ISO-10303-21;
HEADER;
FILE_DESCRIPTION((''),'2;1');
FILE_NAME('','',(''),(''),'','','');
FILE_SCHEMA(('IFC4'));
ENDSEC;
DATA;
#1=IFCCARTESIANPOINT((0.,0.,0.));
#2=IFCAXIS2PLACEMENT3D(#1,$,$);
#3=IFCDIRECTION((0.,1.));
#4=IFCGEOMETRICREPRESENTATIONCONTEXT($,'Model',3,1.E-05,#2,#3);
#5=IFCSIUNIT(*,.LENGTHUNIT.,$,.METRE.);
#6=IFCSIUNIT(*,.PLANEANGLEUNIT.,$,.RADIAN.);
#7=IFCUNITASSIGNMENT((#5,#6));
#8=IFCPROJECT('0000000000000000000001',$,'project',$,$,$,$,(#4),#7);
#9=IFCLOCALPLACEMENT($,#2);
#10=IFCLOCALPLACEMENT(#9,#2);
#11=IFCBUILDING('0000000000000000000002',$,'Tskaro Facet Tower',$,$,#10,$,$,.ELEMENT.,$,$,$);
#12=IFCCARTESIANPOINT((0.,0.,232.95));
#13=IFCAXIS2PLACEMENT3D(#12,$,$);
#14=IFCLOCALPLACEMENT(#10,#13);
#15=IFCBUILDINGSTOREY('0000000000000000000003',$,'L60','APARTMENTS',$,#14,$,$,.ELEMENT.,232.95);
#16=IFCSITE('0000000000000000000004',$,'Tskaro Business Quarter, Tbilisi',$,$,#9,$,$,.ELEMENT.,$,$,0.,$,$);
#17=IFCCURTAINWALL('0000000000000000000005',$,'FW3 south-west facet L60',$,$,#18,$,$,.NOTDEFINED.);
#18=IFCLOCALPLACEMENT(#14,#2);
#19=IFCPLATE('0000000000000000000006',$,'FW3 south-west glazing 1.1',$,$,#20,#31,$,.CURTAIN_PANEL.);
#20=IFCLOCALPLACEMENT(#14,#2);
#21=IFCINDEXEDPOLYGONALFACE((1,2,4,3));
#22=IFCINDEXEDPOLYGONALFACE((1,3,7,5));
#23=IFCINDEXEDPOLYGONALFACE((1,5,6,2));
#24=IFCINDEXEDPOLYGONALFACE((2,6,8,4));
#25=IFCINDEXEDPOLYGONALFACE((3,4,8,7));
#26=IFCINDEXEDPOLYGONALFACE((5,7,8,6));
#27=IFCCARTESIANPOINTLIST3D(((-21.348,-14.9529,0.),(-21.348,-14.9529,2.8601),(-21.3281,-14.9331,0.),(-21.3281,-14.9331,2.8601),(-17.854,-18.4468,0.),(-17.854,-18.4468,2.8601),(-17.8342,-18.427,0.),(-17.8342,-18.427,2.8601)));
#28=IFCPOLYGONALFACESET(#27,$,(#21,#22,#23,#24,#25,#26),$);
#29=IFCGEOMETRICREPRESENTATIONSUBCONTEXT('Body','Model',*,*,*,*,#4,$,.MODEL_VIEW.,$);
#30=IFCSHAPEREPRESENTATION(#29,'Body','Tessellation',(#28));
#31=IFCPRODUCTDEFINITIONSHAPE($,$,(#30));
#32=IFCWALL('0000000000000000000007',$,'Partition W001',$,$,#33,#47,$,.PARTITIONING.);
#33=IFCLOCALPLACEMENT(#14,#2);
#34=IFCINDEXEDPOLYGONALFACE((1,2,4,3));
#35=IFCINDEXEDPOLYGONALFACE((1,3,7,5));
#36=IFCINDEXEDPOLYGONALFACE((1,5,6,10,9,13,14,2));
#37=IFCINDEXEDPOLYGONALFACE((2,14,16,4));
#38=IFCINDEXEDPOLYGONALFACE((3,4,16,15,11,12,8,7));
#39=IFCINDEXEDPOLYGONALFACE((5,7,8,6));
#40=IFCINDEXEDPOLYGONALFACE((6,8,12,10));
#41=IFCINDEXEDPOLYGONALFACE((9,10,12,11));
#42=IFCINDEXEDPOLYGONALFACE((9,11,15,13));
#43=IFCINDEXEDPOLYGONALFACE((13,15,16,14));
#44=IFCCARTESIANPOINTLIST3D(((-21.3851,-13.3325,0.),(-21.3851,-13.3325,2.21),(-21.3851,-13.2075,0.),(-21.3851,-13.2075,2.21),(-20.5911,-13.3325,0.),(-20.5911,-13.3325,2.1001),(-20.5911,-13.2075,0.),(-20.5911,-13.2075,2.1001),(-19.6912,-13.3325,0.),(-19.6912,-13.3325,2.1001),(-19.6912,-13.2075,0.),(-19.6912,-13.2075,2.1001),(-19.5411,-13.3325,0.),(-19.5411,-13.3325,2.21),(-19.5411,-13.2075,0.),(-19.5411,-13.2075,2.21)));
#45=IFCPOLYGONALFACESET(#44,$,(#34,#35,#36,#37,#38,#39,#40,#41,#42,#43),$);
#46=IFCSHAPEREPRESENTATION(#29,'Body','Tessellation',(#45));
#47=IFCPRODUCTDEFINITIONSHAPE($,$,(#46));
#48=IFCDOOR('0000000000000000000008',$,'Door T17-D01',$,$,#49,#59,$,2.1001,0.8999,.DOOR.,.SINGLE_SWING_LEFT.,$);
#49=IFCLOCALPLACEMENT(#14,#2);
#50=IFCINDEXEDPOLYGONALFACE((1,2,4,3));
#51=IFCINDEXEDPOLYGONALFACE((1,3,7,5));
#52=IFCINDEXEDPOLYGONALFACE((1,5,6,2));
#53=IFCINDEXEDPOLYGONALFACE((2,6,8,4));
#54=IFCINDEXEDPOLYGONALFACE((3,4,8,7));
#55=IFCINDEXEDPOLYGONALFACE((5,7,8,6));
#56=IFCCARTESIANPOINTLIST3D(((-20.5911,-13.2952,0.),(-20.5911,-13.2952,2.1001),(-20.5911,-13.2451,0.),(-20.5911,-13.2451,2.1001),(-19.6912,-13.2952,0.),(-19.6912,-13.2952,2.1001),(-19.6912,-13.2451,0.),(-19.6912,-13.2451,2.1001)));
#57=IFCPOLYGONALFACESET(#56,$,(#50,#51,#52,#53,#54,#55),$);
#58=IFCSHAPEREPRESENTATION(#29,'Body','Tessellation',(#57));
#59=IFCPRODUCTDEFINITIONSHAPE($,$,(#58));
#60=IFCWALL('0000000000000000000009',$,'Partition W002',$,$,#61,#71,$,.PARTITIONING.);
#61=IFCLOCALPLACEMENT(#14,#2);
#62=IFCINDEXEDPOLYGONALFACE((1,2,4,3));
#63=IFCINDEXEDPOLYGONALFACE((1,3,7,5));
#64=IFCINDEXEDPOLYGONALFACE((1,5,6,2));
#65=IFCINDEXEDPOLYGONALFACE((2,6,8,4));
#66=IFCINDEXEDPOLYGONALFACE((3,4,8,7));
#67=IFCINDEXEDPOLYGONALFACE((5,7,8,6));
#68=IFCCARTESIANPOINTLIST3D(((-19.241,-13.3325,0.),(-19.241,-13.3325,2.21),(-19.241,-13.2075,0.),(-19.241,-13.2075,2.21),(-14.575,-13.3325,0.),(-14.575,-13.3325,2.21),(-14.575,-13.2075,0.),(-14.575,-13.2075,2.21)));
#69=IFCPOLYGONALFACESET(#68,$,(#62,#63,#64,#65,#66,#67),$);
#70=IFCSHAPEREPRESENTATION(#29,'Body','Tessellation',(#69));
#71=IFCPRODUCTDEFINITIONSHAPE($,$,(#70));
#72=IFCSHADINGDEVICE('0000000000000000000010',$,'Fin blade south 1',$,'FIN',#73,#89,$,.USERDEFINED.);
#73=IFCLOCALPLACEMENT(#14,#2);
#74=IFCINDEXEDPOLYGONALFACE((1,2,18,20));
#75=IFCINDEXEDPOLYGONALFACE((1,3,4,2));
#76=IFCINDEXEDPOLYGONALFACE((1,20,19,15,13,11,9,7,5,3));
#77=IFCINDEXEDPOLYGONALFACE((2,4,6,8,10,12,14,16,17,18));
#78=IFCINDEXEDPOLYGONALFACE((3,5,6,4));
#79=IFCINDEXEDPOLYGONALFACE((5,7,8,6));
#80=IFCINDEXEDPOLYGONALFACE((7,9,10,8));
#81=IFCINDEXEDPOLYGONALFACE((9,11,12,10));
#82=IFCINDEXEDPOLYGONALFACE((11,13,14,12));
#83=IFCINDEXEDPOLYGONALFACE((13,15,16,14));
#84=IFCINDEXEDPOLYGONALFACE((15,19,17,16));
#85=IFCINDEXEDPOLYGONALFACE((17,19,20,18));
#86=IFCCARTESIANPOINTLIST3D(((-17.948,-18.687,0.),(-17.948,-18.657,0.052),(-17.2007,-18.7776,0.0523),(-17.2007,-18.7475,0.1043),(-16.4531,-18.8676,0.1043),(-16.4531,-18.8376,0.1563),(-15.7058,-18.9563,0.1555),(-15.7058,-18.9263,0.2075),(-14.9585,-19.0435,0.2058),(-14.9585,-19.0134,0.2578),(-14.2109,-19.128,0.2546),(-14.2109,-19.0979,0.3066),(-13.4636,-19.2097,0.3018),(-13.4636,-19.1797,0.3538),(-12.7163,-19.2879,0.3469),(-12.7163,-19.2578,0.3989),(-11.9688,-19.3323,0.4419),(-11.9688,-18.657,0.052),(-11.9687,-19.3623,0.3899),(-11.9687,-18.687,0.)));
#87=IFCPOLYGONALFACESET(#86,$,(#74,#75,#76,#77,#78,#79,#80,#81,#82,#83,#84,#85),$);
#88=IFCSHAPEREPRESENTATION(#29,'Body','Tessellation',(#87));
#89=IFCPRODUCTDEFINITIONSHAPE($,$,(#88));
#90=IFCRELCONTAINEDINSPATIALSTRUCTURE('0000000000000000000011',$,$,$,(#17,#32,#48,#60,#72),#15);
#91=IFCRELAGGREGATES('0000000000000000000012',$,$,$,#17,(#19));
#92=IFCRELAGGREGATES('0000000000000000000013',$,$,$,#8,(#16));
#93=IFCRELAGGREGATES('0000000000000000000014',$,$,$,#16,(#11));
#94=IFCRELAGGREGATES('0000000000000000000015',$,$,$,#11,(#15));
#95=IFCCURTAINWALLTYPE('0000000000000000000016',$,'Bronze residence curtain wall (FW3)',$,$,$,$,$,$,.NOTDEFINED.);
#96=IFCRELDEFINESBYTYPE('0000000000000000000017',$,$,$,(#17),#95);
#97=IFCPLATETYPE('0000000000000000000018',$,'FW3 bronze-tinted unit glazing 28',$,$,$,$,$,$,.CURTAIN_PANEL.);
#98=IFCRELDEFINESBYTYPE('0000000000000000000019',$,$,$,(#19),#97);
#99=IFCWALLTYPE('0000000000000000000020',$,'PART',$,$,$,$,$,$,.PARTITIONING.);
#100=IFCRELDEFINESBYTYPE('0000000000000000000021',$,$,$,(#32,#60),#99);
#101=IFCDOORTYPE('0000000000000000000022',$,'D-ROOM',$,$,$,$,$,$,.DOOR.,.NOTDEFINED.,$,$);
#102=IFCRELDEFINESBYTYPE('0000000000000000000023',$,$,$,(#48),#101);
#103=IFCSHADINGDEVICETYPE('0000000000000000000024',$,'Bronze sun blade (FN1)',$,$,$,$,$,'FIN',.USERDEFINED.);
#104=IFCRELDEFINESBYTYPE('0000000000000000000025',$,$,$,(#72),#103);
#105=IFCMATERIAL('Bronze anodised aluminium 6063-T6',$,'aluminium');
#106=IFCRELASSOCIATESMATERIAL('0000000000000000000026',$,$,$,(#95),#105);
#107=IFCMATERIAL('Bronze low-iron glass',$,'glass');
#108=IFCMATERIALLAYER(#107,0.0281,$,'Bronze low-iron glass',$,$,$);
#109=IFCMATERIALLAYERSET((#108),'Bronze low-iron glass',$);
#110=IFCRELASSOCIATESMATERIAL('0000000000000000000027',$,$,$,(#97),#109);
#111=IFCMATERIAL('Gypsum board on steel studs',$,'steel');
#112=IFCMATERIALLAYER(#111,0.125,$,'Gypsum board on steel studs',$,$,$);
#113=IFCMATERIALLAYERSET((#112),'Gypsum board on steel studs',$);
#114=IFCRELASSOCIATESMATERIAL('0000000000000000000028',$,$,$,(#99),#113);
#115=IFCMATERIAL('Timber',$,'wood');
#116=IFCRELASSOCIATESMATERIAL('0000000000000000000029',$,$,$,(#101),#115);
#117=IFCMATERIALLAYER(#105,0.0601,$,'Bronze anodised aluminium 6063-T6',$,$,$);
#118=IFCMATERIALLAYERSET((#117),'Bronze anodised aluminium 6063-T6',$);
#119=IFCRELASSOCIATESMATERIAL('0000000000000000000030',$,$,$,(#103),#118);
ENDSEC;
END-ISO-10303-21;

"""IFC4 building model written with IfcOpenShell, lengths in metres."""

from ifc_helpers import new_model, si_unit, direction, frame, frame_2d, origin, origin_2d, place, context, subcontext, project, spatial, polyline, rectangle, outline, extrude, material, layer, layer_set, type_object, element, fill, aggregate, save


model = new_model("IFC4")

# Units and contexts
model_context = context("Model", 3, precision=1e-05, world=origin(), true_north=direction((0.0, 1.0)))
body_context = subcontext(model_context, "Body", "Model", "MODEL_VIEW")
ifc_project = project(units=[si_unit("LENGTHUNIT", "METRE"), si_unit("PLANEANGLEUNIT", "RADIAN")], contexts=[model_context])

# Site, building, storey
site_placement = place(None, origin())
site = spatial("IfcSite", under=ifc_project, at=site_placement, Name="Tskaro Business Quarter, Tbilisi", CompositionType="ELEMENT", RefElevation=0.0)
building_placement = place(site_placement, origin())
building = spatial("IfcBuilding", under=site, at=building_placement, Name="Tskaro Facet Tower", CompositionType="ELEMENT")
storey_placement = place(building_placement, frame((0.0, 0.0, 232.95)))
storey = spatial("IfcBuildingStorey", under=building, at=storey_placement, Name="L60", Description="APARTMENTS", CompositionType="ELEMENT", Elevation=232.95)

# Curtain wall
ifc_material_1 = material(Name="Bronze anodised aluminium 6063-T6", Category="aluminium")
curtain_wall_type = type_object("IfcCurtainWallType", Name="Bronze residence curtain wall (FW3)", PredefinedType="NOTDEFINED", material=ifc_material_1)
curtain_wall_1_placement = place(storey_placement, origin())
curtain_wall_1 = element("IfcCurtainWall", 1, at=curtain_wall_1_placement, inside=storey, type_object=curtain_wall_type, Name="FW3 south-west facet L60", PredefinedType="NOTDEFINED")

# Shared definitions
ifc_material_2 = material(Name="Bronze low-iron glass", Category="glass")
ifc_layer_1 = layer(ifc_material_2, 0.0281, Name="Bronze low-iron glass")
ifc_layer_set_1 = layer_set([ifc_layer_1], Name="Bronze low-iron glass")
plate_type = type_object("IfcPlateType", Name="FW3 bronze-tinted unit glazing 28", PredefinedType="CURTAIN_PANEL", material=ifc_layer_set_1)

# Plate
plate_1_placement = place(storey_placement, frame((-19.5911, -16.6899, 0.0), z_axis=(0.0, 0.0, 1.0), x_axis=(0.707107, -0.707107, 0.0)))
plate_1 = element("IfcPlate", 2, at=plate_1_placement, type_object=plate_type, Name="FW3 south-west glazing 1.1", PredefinedType="CURTAIN_PANEL", context=body_context, shape_type="SweptSolid", body=[
    extrude(rectangle(XDim=4.9412, YDim=0.0281, at=origin_2d()), origin(), (0.0, 0.0, 1.0), 2.8601),
])
aggregate(curtain_wall_1, [plate_1])

# Wall, opening, door
ifc_material_3 = material(Name="Gypsum board on steel studs", Category="steel")
ifc_layer_2 = layer(ifc_material_3, 0.125, Name="Gypsum board on steel studs")
ifc_layer_set_2 = layer_set([ifc_layer_2], Name="Gypsum board on steel studs")
wall_type = type_object("IfcWallType", Name="PART", PredefinedType="PARTITIONING", material=ifc_layer_set_2)
wall_1_placement = place(storey_placement, frame((-21.385, -13.27, 0.0), z_axis=(0.0, 0.0, 1.0), x_axis=(1.0, 0.0, 0.0)))
wall_1 = element("IfcWall", 3, at=wall_1_placement, inside=storey, type_object=wall_type, Name="Partition W001", PredefinedType="PARTITIONING", context=body_context, shape_type="SweptSolid", body=[
    extrude(rectangle(XDim=1.844, YDim=0.125, at=frame_2d((0.9219, 0.0))), origin(), (0.0, 0.0, 1.0), 2.21),
])
opening_placement = place(wall_1_placement, frame((0.7939, 0.0, 0.0)))
opening = element("IfcOpeningElement", 4, at=opening_placement, cuts=wall_1, PredefinedType="OPENING", context=body_context, shape_type="SweptSolid", body=[
    extrude(rectangle(XDim=0.8999, YDim=2.1001, at=frame_2d((0.45, 1.05))), frame((0.0, 0.0725, 0.0), z_axis=(0.0, -1.0, 0.0), x_axis=(1.0, 0.0, 0.0)), (0.0, 0.0, 1.0), 0.145),
])
ifc_material_4 = material(Name="Timber", Category="wood")
door_type = type_object("IfcDoorType", Name="D-ROOM", OperationType="NOTDEFINED", PredefinedType="DOOR", material=ifc_material_4)
door_placement = place(opening_placement, origin())
door = element("IfcDoor", 5, at=door_placement, inside=storey, type_object=door_type, Name="Door T17-D01", OperationType="SINGLE_SWING_LEFT", OverallHeight=2.1001, OverallWidth=0.8999, PredefinedType="DOOR", context=body_context, shape_type="SweptSolid", body=[
    extrude(rectangle(XDim=0.8999, YDim=2.1001, at=frame_2d((0.45, 1.05))), frame((0.0, 0.0249, 0.0), z_axis=(0.0, -1.0, 0.0), x_axis=(1.0, 0.0, 0.0)), (0.0, 0.0, 1.0), 0.05),
])
fill(opening, door)

# Wall
wall_2_placement = place(storey_placement, frame((-19.241, -13.27, 0.0), z_axis=(0.0, 0.0, 1.0), x_axis=(1.0, 0.0, 0.0)))
element("IfcWall", 6, at=wall_2_placement, inside=storey, type_object=wall_type, Name="Partition W002", PredefinedType="PARTITIONING", context=body_context, shape_type="SweptSolid", body=[
    extrude(rectangle(XDim=4.666, YDim=0.125, at=frame_2d((2.333, 0.0))), origin(), (0.0, 0.0, 1.0), 2.21),
])

# Shading device
ifc_layer_3 = layer(ifc_material_1, 0.0601, Name="Bronze anodised aluminium 6063-T6")
ifc_layer_set_3 = layer_set([ifc_layer_3], Name="Bronze anodised aluminium 6063-T6")
shading_device_type = type_object("IfcShadingDeviceType", Name="Bronze sun blade (FN1)", ElementType="FIN", PredefinedType="USERDEFINED", material=ifc_layer_set_3)
shading_device_placement = place(storey_placement, frame((-17.948, -18.657, 0.052), z_axis=(0.0, 0.50001, 0.86602), x_axis=(1.0, 0.0, 0.0)))
element("IfcShadingDevice", 7, at=shading_device_placement, inside=storey, type_object=shading_device_type, Name="Fin blade south 1", ObjectType="FIN", PredefinedType="USERDEFINED", context=body_context, shape_type="SweptSolid", body=[
    extrude(outline(polyline([(0.0, 0.0), (5.9792, 0.0), (5.9792, -0.7798), (5.2317, -0.6938), (4.4844, -0.6036), (3.7371, -0.5092), (2.9895, -0.4116), (2.2422, -0.311), (1.4949, -0.2086), (0.7473, -0.1046), (0.0, 0.0)])), origin(), (0.0, 0.0, -1.0), 0.0601),
])

save(model, "model.ifc")
